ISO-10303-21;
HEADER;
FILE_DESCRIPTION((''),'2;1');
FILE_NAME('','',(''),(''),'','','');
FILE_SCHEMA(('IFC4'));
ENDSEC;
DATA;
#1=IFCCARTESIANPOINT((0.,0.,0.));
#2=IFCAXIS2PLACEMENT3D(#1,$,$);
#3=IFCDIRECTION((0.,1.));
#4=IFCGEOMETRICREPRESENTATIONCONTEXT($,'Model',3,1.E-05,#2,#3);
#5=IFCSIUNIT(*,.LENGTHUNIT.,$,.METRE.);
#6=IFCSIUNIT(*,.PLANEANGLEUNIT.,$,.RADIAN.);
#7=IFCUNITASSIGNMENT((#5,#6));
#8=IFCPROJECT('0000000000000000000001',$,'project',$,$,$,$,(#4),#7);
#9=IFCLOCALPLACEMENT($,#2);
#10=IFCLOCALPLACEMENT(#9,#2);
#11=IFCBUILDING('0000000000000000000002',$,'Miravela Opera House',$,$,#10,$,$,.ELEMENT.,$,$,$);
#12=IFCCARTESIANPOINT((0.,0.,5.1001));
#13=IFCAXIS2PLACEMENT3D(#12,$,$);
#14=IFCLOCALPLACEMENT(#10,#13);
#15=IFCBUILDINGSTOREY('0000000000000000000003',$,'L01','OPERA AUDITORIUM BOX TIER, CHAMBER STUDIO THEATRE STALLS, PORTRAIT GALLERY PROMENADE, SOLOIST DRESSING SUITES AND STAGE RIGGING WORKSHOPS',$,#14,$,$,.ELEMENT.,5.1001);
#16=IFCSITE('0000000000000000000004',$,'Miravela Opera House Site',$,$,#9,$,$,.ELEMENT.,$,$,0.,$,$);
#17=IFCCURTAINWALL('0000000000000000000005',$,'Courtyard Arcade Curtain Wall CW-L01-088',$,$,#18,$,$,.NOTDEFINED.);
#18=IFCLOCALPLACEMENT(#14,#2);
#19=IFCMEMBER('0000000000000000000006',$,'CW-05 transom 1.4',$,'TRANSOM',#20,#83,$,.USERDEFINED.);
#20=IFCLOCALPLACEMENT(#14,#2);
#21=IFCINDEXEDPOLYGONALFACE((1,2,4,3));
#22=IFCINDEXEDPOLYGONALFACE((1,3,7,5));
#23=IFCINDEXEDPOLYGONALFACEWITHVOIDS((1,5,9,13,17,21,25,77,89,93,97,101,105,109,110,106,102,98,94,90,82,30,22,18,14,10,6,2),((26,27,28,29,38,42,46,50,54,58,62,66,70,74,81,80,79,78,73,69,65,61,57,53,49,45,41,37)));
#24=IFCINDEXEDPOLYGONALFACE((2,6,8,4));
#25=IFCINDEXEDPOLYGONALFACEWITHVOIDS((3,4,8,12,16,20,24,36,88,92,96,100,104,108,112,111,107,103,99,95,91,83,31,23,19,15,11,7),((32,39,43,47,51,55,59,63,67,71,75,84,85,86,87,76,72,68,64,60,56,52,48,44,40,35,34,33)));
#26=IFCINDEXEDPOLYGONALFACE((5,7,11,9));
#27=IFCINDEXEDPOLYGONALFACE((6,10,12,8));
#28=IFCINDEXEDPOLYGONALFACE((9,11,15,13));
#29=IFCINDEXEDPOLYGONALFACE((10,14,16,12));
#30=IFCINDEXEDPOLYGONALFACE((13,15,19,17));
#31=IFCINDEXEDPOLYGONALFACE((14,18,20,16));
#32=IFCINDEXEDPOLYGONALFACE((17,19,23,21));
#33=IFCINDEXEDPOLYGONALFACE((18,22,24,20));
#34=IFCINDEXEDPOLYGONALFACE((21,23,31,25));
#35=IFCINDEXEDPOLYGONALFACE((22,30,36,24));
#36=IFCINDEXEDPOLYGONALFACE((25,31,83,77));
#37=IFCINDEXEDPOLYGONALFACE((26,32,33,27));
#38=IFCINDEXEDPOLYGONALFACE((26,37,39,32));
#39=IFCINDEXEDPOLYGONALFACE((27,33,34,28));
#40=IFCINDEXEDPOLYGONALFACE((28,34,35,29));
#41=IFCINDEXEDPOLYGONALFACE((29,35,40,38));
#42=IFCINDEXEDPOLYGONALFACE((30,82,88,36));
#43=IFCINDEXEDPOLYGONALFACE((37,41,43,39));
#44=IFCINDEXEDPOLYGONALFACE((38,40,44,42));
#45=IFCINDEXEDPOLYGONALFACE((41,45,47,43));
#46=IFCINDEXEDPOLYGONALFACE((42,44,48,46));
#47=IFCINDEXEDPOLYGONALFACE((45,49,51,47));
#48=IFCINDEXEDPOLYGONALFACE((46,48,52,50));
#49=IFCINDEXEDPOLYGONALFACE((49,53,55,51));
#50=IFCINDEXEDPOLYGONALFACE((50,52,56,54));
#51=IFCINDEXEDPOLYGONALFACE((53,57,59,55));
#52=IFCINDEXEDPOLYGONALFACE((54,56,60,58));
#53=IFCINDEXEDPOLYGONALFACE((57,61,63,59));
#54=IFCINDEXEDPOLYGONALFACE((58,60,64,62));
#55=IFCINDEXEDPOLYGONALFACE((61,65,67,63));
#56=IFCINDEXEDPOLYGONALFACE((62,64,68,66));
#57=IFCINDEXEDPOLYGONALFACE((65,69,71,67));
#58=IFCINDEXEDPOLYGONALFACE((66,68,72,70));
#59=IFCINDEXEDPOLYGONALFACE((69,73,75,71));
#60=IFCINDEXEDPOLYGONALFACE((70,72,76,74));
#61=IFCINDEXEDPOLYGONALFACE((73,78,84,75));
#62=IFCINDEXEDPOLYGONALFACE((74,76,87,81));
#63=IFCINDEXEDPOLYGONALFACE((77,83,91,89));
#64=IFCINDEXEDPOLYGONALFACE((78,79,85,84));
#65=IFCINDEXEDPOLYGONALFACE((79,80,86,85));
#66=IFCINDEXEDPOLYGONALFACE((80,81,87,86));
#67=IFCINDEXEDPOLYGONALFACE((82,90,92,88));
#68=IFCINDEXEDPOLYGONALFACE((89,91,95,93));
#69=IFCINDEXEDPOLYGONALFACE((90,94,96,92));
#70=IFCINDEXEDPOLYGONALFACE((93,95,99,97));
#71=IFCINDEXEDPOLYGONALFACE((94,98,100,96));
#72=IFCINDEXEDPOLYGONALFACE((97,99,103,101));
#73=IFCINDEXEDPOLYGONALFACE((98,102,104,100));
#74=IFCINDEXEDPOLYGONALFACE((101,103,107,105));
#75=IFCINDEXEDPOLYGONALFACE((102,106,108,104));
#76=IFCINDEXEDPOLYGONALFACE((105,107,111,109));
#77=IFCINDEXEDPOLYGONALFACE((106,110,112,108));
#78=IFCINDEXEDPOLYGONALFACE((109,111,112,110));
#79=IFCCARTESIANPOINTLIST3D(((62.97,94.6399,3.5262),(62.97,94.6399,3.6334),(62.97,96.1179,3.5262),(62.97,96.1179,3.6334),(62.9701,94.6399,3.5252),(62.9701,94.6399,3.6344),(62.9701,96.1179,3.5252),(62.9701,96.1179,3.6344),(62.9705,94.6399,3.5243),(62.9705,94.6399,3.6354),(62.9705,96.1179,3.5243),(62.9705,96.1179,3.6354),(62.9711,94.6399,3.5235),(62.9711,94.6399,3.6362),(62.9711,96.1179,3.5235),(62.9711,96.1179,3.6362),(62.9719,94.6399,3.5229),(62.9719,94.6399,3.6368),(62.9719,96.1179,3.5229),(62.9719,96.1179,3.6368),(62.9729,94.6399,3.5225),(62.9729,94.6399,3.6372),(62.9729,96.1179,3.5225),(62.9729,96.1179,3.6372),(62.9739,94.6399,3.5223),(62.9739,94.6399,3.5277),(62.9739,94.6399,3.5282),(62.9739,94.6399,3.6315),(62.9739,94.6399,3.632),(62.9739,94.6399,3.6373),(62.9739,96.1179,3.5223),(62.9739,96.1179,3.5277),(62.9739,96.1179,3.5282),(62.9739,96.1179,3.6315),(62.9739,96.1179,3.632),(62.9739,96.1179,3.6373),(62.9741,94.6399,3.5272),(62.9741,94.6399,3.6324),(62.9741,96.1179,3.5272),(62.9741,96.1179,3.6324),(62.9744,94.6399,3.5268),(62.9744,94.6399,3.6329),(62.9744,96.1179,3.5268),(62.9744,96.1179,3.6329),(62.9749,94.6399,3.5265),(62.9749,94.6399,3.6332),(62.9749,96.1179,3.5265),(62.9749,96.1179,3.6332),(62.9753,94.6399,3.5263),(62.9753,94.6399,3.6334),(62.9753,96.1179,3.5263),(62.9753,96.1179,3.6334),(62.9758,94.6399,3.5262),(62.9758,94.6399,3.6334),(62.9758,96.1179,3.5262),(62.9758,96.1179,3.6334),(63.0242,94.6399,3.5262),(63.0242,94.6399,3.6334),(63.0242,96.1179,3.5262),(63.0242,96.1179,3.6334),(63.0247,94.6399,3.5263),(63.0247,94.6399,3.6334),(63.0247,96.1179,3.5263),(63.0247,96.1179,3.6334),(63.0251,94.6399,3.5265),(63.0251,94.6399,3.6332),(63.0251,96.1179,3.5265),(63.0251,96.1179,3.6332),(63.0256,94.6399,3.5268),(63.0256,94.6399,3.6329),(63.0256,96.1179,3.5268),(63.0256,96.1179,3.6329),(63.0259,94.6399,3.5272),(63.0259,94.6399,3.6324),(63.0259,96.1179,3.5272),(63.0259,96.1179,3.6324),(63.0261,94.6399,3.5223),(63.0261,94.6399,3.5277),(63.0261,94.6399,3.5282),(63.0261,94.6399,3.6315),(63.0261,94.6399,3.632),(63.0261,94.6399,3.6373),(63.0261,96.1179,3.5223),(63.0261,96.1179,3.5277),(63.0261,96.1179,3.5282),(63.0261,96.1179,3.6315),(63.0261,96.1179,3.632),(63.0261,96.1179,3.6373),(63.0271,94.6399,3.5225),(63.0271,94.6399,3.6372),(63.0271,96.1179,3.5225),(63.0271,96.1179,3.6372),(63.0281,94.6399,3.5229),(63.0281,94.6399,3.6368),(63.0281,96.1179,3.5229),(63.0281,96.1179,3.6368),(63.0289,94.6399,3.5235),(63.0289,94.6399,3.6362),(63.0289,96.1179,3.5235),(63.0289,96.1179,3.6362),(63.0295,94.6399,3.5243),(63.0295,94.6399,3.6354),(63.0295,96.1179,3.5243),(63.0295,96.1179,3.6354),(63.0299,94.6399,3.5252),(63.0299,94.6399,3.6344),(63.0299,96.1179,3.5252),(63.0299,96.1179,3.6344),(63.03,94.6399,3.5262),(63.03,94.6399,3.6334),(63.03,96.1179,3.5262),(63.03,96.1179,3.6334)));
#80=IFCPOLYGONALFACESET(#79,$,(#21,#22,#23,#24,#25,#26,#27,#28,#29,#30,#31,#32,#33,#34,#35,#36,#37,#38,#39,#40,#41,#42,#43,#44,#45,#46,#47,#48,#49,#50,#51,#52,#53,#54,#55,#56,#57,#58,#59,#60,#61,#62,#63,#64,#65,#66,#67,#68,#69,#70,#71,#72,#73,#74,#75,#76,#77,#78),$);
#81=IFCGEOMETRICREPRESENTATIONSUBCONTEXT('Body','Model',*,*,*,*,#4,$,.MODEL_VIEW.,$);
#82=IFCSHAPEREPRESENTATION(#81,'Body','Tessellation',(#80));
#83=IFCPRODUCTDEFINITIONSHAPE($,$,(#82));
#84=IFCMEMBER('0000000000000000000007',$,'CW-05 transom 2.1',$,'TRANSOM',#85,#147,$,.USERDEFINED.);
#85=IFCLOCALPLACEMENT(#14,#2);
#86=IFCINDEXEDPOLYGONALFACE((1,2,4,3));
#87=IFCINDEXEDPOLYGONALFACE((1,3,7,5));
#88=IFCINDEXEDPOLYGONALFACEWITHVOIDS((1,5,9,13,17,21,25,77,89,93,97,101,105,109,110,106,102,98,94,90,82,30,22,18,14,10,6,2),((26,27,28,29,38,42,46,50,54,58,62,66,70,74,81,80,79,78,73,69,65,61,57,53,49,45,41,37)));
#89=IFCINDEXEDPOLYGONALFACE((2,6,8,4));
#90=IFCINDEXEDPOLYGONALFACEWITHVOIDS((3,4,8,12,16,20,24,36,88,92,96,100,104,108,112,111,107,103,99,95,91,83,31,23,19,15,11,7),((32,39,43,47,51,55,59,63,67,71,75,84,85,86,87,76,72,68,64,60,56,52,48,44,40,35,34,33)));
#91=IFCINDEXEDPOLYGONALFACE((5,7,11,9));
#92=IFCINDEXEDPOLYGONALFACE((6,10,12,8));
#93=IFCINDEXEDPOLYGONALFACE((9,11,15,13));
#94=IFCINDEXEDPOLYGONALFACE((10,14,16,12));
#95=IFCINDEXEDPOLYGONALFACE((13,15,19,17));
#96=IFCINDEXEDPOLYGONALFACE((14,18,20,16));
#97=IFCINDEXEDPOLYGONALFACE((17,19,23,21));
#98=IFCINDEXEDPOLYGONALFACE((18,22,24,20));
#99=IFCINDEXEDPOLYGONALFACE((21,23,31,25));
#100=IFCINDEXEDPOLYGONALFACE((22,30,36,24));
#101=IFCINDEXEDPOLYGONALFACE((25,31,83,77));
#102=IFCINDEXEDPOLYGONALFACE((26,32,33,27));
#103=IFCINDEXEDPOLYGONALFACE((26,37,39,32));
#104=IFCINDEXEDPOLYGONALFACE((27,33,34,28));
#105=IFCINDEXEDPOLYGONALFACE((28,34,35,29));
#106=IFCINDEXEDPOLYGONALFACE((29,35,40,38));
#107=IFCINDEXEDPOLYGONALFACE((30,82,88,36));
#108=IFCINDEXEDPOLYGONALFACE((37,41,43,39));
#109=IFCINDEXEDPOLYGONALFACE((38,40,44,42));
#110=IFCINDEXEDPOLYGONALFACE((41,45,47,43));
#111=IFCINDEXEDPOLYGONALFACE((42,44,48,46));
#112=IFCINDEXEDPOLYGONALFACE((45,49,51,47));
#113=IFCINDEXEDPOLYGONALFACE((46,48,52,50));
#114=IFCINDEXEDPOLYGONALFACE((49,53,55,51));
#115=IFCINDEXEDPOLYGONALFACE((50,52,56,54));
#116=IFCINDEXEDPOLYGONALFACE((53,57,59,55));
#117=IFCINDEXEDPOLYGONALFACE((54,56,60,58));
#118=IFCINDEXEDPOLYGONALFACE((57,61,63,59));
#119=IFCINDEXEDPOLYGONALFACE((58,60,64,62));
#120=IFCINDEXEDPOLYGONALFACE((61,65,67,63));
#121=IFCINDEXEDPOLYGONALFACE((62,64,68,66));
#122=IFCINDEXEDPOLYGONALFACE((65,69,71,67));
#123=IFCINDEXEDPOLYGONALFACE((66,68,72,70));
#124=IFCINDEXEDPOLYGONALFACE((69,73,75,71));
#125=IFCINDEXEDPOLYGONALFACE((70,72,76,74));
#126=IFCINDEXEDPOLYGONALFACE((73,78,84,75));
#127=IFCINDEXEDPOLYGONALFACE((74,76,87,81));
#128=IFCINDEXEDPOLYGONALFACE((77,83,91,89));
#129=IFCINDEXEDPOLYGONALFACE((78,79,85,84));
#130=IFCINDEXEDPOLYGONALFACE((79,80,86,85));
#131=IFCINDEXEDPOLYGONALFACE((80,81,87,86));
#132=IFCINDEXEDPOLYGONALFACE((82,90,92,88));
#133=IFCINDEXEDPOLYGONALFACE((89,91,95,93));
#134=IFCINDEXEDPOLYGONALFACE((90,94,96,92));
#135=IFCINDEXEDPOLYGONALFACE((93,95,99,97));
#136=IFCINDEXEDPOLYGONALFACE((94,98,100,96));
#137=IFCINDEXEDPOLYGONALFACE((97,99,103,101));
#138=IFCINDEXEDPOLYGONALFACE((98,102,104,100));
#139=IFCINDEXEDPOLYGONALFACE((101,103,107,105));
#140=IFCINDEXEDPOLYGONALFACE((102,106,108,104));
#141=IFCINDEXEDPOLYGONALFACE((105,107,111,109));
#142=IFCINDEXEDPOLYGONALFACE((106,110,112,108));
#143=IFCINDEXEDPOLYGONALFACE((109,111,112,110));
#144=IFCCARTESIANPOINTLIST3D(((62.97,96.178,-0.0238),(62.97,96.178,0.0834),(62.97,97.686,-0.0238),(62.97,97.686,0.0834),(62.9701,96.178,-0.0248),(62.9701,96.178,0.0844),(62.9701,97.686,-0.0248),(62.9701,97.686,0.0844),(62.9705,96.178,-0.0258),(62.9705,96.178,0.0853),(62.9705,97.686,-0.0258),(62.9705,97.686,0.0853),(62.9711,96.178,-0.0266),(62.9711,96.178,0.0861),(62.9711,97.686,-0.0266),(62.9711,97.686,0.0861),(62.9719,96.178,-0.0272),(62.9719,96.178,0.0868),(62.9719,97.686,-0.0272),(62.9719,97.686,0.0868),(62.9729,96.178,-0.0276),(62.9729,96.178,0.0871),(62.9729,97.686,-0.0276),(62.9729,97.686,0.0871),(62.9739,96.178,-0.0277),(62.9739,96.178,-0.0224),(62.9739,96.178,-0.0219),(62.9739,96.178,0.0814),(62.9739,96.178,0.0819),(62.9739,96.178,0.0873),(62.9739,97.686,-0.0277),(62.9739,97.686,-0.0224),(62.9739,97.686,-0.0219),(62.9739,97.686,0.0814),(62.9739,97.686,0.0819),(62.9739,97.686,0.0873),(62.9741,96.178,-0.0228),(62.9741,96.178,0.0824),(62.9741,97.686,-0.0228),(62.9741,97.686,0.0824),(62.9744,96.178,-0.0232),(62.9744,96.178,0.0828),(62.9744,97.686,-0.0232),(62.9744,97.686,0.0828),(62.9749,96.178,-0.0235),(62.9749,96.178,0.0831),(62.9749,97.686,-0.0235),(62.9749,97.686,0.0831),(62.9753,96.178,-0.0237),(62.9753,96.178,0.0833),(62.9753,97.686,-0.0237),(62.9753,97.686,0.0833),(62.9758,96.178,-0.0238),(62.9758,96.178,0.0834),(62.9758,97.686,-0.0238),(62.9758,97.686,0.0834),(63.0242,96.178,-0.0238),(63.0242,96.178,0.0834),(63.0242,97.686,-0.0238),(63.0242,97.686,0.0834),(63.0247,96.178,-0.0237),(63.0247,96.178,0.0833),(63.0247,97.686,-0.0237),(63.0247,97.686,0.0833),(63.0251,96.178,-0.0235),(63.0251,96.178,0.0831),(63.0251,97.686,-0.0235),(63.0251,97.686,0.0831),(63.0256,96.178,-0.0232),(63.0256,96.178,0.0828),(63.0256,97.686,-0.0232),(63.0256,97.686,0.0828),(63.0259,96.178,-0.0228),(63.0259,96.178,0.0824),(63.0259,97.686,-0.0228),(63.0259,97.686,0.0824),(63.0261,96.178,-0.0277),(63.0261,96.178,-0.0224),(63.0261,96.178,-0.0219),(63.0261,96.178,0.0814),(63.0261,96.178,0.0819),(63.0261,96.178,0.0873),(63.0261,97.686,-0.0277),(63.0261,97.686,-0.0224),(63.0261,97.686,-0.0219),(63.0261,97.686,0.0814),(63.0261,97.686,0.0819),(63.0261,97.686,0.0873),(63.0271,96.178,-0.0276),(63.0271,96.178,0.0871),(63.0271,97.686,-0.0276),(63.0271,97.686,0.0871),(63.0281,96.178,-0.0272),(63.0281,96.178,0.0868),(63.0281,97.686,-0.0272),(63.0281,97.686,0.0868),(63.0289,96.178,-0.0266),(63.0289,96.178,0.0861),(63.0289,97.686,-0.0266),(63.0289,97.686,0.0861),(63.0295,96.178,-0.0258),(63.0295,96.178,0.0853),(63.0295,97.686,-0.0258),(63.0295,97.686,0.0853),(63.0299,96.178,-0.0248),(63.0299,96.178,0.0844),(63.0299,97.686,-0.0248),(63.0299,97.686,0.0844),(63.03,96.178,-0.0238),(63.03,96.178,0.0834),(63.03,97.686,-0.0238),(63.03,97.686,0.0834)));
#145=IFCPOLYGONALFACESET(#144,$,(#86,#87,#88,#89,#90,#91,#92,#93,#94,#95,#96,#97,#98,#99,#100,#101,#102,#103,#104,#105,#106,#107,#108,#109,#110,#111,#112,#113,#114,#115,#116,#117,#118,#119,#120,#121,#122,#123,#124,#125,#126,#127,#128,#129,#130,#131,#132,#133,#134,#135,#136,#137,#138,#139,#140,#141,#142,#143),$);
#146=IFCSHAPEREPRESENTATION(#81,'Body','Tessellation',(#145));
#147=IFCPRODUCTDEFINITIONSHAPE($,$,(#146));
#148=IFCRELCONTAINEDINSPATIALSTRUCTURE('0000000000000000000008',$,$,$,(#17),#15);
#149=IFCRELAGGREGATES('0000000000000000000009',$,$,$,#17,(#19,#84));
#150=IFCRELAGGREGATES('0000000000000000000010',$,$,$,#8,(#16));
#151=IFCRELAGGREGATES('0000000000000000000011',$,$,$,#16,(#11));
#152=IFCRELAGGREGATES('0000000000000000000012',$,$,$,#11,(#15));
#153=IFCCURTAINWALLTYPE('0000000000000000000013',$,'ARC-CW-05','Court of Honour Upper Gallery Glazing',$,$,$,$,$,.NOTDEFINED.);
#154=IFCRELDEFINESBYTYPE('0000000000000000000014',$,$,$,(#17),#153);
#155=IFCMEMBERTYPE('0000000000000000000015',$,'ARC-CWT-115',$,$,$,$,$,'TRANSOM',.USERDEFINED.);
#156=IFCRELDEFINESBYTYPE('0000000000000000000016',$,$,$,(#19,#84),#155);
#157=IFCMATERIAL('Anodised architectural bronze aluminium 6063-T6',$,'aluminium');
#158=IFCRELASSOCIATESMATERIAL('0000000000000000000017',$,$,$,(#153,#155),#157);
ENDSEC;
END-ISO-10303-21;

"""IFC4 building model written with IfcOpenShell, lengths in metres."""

from ifc_helpers import new_model, si_unit, direction, frame, origin, origin_2d, place, context, subcontext, project, spatial, hollow_rectangle, extrude, material, material_profile, profile_set, type_object, element, aggregate, save


model = new_model("IFC4")

# Units and contexts
model_context = context("Model", 3, precision=1e-05, world=origin(), true_north=direction((0.0, 1.0)))
body_context = subcontext(model_context, "Body", "Model", "MODEL_VIEW")
ifc_project = project(units=[si_unit("LENGTHUNIT", "METRE"), si_unit("PLANEANGLEUNIT", "RADIAN")], contexts=[model_context])

# Site, building, storey
site_placement = place(None, origin())
site = spatial("IfcSite", under=ifc_project, at=site_placement, Name="Miravela Opera House Site", CompositionType="ELEMENT", RefElevation=0.0)
building_placement = place(site_placement, origin())
building = spatial("IfcBuilding", under=site, at=building_placement, Name="Miravela Opera House", CompositionType="ELEMENT")
storey_placement = place(building_placement, frame((0.0, 0.0, 5.1001)))
storey = spatial("IfcBuildingStorey", under=building, at=storey_placement, Name="L01", Description="OPERA AUDITORIUM BOX TIER, CHAMBER STUDIO THEATRE STALLS, PORTRAIT GALLERY PROMENADE, SOLOIST DRESSING SUITES AND STAGE RIGGING WORKSHOPS", CompositionType="ELEMENT", Elevation=5.1001)

# Curtain wall, members
ifc_material_1 = material(Name="Anodised architectural bronze aluminium 6063-T6", Category="aluminium")
curtain_wall_type = type_object("IfcCurtainWallType", Name="ARC-CW-05", Description="Court of Honour Upper Gallery Glazing", PredefinedType="NOTDEFINED", material=ifc_material_1)
curtain_wall_1_placement = place(storey_placement, origin())
curtain_wall_1 = element("IfcCurtainWall", 1, at=curtain_wall_1_placement, inside=storey, type_object=curtain_wall_type, Name="Courtyard Arcade Curtain Wall CW-L01-088", PredefinedType="NOTDEFINED")
ifc_material_profile_1 = material_profile(ifc_material_1, hollow_rectangle(XDim=0.0601, YDim=0.115, WallThickness=0.0039, InnerFilletRadius=0.002, OuterFilletRadius=0.0039, at=origin_2d()), Name="CWT-60X115")
ifc_profile_set_1 = profile_set([ifc_material_profile_1])
member_type_1 = type_object("IfcMemberType", Name="ARC-CWT-115", ElementType="TRANSOM", PredefinedType="USERDEFINED", material=ifc_profile_set_1)
member_1_placement = place(storey_placement, frame((63.0, 94.6399, 3.5798), z_axis=(0.0, 1.0, 0.0), x_axis=(-1.0, 0.0, 0.0)))
member_1 = element("IfcMember", 2, at=member_1_placement, type_object=member_type_1, Name="CW-05 transom 1.4", ObjectType="TRANSOM", PredefinedType="USERDEFINED", context=body_context, shape_type="SweptSolid", body=[
    extrude(hollow_rectangle(XDim=0.0601, YDim=0.115, WallThickness=0.0039, InnerFilletRadius=0.002, OuterFilletRadius=0.0039, at=origin_2d()), origin(), (0.0, 0.0, 1.0), 1.478),
])
member_2_placement = place(storey_placement, frame((63.0, 96.178, 0.0298), z_axis=(0.0, 1.0, 0.0), x_axis=(-1.0, 0.0, 0.0)))
member_2 = element("IfcMember", 3, at=member_2_placement, type_object=member_type_1, Name="CW-05 transom 2.1", ObjectType="TRANSOM", PredefinedType="USERDEFINED", context=body_context, shape_type="SweptSolid", body=[
    extrude(hollow_rectangle(XDim=0.0601, YDim=0.115, WallThickness=0.0039, InnerFilletRadius=0.002, OuterFilletRadius=0.0039, at=origin_2d()), origin(), (0.0, 0.0, 1.0), 1.5081),
])

aggregate(curtain_wall_1, [member_1, member_2])

save(model, "model.ifc")
